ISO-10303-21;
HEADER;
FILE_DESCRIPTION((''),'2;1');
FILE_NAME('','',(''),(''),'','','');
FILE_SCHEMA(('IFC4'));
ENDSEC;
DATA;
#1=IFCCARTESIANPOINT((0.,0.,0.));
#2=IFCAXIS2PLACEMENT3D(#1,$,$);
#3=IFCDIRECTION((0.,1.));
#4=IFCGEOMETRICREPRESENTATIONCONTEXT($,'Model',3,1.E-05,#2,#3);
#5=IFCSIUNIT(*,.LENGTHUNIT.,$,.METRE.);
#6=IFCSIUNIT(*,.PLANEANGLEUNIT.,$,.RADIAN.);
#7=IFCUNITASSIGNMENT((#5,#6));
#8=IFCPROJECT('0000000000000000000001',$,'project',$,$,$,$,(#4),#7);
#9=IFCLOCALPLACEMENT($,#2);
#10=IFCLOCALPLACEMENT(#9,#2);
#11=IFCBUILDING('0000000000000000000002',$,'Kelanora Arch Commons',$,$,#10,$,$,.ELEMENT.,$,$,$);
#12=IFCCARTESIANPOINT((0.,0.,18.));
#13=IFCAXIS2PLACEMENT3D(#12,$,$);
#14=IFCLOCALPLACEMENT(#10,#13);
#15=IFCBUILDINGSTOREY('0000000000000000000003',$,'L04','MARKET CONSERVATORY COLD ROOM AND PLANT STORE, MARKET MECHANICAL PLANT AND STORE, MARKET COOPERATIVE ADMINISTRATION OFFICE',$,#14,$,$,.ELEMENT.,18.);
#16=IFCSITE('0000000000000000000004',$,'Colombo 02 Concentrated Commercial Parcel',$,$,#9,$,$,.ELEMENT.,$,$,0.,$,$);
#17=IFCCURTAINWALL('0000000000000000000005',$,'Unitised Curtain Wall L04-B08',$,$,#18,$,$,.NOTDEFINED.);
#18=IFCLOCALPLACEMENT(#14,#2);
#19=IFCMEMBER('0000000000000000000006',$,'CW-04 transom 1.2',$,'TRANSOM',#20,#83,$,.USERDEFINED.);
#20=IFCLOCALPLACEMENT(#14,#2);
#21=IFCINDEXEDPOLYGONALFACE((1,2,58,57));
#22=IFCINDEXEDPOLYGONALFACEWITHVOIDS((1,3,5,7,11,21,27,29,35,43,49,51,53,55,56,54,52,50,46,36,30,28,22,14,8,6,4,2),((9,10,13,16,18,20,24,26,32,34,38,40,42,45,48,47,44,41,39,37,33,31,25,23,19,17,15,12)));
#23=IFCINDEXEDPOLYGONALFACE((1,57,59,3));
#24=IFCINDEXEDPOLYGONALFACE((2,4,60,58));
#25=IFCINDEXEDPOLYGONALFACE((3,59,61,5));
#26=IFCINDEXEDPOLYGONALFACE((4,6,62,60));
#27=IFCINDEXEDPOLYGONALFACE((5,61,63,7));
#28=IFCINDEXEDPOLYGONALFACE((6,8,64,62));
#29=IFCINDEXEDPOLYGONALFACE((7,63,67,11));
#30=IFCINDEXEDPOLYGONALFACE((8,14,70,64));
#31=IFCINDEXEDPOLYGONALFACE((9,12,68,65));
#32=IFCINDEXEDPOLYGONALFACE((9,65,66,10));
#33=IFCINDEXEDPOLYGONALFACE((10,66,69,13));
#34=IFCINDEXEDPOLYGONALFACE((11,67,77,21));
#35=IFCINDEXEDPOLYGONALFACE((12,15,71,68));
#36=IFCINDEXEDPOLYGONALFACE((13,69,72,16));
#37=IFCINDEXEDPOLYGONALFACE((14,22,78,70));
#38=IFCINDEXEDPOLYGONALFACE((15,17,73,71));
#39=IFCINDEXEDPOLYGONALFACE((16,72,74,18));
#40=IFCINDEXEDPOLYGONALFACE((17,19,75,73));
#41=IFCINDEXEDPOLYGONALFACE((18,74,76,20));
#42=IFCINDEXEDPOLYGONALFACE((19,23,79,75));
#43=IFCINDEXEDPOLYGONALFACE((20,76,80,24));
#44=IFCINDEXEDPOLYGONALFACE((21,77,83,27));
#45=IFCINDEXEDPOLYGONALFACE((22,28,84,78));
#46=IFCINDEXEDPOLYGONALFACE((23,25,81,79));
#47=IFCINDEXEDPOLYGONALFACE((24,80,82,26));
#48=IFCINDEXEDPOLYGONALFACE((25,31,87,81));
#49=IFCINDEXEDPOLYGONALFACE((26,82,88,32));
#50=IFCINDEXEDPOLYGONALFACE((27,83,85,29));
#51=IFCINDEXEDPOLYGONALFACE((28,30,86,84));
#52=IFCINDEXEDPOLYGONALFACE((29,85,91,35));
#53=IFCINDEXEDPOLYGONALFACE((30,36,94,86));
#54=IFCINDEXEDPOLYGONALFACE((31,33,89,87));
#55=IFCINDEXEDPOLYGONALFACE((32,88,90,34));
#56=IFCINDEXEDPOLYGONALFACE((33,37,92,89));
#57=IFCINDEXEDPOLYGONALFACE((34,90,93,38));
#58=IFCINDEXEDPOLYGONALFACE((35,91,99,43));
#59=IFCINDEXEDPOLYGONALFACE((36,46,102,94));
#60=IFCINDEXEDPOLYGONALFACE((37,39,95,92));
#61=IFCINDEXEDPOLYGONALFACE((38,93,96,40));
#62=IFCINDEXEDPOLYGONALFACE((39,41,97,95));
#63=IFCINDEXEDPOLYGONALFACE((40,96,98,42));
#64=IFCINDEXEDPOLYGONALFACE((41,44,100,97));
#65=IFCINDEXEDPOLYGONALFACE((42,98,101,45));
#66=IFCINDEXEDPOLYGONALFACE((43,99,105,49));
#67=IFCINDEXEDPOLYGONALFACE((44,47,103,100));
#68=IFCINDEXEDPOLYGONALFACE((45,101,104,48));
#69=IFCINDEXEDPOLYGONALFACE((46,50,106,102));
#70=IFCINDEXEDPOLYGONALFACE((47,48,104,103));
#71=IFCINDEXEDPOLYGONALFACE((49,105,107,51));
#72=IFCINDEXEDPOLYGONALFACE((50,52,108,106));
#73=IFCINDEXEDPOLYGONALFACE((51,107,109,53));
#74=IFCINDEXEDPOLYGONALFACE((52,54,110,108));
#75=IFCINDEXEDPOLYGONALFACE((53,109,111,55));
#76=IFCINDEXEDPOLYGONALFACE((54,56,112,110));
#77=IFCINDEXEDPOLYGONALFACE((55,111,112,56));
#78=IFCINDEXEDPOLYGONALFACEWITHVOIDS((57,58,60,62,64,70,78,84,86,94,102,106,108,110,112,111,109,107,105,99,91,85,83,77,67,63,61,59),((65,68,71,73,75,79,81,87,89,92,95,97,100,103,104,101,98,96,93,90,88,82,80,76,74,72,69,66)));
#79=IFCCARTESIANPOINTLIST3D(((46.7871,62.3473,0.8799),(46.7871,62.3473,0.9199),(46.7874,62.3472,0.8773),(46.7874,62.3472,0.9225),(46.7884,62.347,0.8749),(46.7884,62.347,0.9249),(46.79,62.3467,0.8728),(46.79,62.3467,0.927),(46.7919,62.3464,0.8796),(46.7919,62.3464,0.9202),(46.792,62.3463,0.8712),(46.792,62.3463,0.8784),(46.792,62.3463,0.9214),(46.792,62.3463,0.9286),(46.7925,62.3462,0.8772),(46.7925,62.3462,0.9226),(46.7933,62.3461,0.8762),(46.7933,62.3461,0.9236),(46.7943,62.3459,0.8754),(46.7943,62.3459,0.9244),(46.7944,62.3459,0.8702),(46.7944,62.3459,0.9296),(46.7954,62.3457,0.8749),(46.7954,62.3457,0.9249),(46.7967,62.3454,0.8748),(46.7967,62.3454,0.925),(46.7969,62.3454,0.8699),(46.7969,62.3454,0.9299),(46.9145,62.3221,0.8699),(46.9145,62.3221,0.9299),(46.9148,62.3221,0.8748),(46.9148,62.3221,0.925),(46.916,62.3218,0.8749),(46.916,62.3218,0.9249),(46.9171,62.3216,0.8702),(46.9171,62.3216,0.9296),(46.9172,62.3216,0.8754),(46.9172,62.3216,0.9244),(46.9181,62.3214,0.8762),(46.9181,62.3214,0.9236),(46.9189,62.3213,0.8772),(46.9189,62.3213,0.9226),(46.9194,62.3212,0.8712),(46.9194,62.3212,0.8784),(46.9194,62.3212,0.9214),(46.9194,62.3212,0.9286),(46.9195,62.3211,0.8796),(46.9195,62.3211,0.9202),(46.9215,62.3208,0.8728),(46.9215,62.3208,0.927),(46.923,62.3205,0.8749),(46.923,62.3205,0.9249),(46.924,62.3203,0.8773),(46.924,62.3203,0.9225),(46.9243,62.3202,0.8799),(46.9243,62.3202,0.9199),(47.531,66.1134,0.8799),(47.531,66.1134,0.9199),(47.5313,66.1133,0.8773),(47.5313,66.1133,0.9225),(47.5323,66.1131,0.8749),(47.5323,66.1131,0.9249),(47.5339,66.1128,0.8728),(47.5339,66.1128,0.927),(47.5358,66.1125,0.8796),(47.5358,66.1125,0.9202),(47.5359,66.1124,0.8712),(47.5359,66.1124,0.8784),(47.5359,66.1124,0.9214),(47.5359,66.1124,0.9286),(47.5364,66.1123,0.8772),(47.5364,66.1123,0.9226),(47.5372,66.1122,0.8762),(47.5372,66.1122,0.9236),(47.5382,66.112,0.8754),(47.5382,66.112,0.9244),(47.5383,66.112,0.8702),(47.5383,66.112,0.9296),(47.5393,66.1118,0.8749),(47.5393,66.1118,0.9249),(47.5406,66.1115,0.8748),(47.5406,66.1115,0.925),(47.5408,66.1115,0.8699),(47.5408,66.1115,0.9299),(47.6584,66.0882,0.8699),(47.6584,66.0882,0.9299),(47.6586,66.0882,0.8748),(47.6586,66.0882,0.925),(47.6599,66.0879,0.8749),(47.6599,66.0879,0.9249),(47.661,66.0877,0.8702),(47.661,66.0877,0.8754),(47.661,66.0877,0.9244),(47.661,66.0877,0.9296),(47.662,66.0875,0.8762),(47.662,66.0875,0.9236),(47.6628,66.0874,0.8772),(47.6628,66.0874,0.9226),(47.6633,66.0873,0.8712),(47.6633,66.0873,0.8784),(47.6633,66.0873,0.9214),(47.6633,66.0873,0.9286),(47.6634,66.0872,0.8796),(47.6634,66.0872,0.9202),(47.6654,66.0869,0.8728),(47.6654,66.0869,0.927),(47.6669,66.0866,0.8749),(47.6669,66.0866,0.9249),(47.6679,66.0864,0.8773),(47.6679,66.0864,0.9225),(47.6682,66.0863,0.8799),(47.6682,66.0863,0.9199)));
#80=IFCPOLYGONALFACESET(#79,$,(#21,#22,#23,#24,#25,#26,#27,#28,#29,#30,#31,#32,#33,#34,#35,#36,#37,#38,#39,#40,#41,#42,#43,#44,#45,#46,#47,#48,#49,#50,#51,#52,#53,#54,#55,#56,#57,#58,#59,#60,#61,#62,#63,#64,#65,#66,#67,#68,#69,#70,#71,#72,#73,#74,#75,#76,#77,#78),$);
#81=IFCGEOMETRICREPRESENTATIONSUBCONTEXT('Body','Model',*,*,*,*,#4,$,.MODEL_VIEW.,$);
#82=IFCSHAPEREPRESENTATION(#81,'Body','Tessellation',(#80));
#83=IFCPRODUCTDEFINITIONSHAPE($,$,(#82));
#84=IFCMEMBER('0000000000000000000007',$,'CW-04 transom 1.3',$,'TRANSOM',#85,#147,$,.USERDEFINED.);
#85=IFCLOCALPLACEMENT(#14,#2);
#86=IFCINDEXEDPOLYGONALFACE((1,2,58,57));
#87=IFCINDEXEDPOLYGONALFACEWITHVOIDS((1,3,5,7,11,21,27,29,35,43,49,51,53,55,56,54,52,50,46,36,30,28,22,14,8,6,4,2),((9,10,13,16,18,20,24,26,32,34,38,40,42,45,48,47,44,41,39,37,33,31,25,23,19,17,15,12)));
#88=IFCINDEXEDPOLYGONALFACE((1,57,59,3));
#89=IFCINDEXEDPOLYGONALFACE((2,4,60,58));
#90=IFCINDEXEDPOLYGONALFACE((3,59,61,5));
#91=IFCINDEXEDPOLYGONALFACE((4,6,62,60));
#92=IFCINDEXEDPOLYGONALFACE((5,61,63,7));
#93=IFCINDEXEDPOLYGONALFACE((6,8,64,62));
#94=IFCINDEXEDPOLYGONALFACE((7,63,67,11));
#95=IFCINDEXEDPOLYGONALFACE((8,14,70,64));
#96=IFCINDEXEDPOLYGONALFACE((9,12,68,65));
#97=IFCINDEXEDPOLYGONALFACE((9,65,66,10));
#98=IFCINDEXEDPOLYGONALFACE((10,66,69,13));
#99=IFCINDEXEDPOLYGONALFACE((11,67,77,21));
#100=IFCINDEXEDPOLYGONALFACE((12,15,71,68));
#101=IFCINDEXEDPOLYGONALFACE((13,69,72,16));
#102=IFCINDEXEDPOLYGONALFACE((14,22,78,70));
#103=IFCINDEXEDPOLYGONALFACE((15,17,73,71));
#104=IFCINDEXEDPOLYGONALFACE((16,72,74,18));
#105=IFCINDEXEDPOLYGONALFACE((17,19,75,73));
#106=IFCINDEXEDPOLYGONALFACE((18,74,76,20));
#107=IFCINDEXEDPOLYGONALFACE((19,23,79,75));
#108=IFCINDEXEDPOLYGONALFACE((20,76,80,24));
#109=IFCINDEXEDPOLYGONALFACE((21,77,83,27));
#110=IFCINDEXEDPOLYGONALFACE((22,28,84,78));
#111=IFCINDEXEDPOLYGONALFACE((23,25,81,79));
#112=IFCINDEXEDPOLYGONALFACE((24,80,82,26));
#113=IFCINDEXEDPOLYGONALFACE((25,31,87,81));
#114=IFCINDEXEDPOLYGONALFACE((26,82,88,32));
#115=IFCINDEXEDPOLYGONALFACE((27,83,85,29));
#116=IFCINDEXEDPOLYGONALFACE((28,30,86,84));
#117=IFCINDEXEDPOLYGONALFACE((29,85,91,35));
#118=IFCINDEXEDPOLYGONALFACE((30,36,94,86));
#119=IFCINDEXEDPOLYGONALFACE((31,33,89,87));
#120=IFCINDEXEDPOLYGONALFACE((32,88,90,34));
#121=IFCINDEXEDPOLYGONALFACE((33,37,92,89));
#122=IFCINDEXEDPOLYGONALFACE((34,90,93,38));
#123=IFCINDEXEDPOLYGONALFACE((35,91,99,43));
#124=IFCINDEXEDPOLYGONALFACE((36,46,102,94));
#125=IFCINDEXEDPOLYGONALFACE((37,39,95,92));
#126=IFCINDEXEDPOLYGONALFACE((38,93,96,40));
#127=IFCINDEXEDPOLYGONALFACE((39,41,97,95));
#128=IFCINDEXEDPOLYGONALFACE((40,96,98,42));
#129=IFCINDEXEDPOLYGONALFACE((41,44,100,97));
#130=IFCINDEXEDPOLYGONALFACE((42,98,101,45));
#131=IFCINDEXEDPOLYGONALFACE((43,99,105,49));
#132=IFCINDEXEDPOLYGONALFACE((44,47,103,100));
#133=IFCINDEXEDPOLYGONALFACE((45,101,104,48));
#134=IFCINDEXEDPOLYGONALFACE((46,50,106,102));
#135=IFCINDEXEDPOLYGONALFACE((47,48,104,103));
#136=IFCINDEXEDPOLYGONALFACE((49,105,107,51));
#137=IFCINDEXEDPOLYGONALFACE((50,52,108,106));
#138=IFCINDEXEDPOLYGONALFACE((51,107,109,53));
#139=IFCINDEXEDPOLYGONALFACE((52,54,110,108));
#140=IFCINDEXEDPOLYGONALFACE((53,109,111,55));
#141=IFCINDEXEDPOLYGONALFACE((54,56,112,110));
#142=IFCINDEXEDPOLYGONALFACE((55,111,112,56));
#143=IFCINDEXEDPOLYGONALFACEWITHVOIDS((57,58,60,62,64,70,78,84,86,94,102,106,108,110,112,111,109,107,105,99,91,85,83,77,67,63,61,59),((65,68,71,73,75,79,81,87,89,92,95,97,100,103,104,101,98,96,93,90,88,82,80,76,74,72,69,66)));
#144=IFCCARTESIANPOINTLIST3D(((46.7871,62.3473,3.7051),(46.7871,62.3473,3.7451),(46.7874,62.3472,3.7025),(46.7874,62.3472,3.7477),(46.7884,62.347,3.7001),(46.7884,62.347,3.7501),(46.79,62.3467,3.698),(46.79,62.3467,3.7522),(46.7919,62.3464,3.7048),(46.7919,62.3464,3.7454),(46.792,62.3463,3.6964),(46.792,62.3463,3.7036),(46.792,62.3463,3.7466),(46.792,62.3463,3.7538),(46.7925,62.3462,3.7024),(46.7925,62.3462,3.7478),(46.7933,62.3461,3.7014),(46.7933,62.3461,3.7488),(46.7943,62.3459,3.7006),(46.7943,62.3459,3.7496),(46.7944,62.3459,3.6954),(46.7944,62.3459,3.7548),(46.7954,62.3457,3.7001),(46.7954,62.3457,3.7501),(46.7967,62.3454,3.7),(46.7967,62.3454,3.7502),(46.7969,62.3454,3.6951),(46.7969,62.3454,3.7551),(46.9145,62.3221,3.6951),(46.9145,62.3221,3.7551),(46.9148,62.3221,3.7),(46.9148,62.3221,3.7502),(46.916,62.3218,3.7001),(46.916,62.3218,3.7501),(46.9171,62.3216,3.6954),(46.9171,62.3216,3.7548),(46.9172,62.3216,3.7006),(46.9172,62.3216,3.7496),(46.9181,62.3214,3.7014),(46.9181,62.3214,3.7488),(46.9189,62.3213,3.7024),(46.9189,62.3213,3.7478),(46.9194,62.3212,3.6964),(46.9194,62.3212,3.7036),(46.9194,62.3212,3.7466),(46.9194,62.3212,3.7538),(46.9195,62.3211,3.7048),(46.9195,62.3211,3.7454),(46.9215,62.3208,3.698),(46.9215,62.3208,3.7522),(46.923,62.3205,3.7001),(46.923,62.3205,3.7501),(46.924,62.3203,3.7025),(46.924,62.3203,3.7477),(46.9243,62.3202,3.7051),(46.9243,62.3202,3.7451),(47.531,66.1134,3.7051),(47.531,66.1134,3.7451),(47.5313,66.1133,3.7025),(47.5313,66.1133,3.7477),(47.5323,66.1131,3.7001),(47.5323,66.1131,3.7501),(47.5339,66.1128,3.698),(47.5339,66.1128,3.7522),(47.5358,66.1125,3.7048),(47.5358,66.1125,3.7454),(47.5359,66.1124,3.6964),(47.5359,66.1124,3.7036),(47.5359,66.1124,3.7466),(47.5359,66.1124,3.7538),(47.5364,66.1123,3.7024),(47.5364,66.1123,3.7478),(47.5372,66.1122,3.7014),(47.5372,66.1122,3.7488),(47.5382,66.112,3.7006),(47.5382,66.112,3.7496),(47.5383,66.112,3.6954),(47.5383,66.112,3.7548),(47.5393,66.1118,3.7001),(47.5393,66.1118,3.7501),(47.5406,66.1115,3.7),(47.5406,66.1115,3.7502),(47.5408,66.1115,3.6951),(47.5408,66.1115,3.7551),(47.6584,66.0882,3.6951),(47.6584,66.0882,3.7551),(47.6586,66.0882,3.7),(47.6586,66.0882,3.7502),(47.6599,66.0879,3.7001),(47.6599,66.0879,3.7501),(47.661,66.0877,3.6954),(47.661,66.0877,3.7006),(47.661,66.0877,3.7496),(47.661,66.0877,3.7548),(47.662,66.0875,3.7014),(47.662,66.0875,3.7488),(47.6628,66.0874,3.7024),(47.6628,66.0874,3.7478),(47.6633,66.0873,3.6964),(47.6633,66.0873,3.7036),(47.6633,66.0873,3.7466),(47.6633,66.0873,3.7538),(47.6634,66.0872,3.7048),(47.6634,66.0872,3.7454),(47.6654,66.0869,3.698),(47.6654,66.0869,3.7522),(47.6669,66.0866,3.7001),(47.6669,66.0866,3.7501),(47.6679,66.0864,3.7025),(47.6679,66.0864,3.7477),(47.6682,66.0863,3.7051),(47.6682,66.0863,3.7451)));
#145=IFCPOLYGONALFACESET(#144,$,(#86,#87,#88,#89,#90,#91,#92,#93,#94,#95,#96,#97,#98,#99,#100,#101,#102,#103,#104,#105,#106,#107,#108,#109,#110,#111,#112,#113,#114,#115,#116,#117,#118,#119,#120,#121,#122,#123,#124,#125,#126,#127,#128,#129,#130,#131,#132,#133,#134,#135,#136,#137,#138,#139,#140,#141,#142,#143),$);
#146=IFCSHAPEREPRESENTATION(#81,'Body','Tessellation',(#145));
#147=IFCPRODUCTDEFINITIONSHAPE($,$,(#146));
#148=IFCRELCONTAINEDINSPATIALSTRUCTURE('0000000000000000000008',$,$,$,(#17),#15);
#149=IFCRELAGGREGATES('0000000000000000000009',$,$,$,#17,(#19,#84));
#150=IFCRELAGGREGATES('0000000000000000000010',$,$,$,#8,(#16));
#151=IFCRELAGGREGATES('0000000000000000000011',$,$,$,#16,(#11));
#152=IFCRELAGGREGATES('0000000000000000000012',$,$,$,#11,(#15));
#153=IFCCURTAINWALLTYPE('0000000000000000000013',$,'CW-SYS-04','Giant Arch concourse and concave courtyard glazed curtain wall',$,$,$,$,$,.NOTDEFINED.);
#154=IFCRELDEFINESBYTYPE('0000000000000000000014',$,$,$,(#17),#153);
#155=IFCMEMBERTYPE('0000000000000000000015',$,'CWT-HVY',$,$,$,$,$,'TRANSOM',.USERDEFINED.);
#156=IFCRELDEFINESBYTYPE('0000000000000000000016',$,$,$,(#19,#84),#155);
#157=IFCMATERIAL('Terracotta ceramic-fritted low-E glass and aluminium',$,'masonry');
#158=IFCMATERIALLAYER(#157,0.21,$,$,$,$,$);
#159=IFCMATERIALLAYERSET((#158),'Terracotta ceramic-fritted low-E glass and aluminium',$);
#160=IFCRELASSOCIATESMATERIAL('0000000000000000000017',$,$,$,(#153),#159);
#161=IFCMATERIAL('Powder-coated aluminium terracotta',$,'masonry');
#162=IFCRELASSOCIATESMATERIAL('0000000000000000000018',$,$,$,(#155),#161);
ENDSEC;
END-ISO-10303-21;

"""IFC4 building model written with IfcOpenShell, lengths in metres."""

from ifc_helpers import new_model, si_unit, direction, frame, origin, origin_2d, place, context, subcontext, project, spatial, hollow_rectangle, extrude, material, layer, layer_set, material_profile, profile_set, type_object, element, aggregate, save


model = new_model("IFC4")

# Units and contexts
model_context = context("Model", 3, precision=1e-05, world=origin(), true_north=direction((0.0, 1.0)))
body_context = subcontext(model_context, "Body", "Model", "MODEL_VIEW")
ifc_project = project(units=[si_unit("LENGTHUNIT", "METRE"), si_unit("PLANEANGLEUNIT", "RADIAN")], contexts=[model_context])

# Site, building, storey
site_placement = place(None, origin())
site = spatial("IfcSite", under=ifc_project, at=site_placement, Name="Colombo 02 Concentrated Commercial Parcel", CompositionType="ELEMENT", RefElevation=0.0)
building_placement = place(site_placement, origin())
building = spatial("IfcBuilding", under=site, at=building_placement, Name="Kelanora Arch Commons", CompositionType="ELEMENT")
storey_placement = place(building_placement, frame((0.0, 0.0, 18.0)))
storey = spatial("IfcBuildingStorey", under=building, at=storey_placement, Name="L04", Description="MARKET CONSERVATORY COLD ROOM AND PLANT STORE, MARKET MECHANICAL PLANT AND STORE, MARKET COOPERATIVE ADMINISTRATION OFFICE", CompositionType="ELEMENT", Elevation=18.0)

# Curtain wall, members
ifc_material_1 = material(Name="Terracotta ceramic-fritted low-E glass and aluminium", Category="masonry")
ifc_layer_1 = layer(ifc_material_1, 0.21)
ifc_layer_set_1 = layer_set([ifc_layer_1], Name="Terracotta ceramic-fritted low-E glass and aluminium")
curtain_wall_type = type_object("IfcCurtainWallType", Name="CW-SYS-04", Description="Giant Arch concourse and concave courtyard glazed curtain wall", PredefinedType="NOTDEFINED", material=ifc_layer_set_1)
curtain_wall_placement = place(storey_placement, origin())
curtain_wall = element("IfcCurtainWall", 1, at=curtain_wall_placement, inside=storey, type_object=curtain_wall_type, Name="Unitised Curtain Wall L04-B08", PredefinedType="NOTDEFINED")
ifc_material_2 = material(Name="Powder-coated aluminium terracotta", Category="masonry")
ifc_material_profile_1 = material_profile(ifc_material_2, hollow_rectangle(XDim=0.1399, YDim=0.0601, WallThickness=0.0049, InnerFilletRadius=0.0049, OuterFilletRadius=0.01, at=origin_2d()), Name="CWT140x60")
ifc_profile_set_1 = profile_set([ifc_material_profile_1], Name="Powder-coated aluminium terracotta")
member_type_1 = type_object("IfcMemberType", Name="CWT-HVY", ElementType="TRANSOM", PredefinedType="USERDEFINED", material=ifc_profile_set_1)
member_1_placement = place(storey_placement, frame((47.5996, 66.0999, 0.8999), z_axis=(-0.19378, -0.981045, 0.0), x_axis=(0.981045, -0.19378, 0.0)))
member_1 = element("IfcMember", 2, at=member_1_placement, type_object=member_type_1, Name="CW-04 transom 1.2", ObjectType="TRANSOM", PredefinedType="USERDEFINED", context=body_context, shape_type="SweptSolid", body=[
    extrude(hollow_rectangle(XDim=0.1399, YDim=0.0601, WallThickness=0.0049, InnerFilletRadius=0.0049, OuterFilletRadius=0.01, at=origin_2d()), origin(), (0.0, 0.0, 1.0), 3.8389),
])
member_2_placement = place(storey_placement, frame((47.5996, 66.0999, 3.7251), z_axis=(-0.19378, -0.981045, 0.0), x_axis=(0.981045, -0.19378, 0.0)))
member_2 = element("IfcMember", 3, at=member_2_placement, type_object=member_type_1, Name="CW-04 transom 1.3", ObjectType="TRANSOM", PredefinedType="USERDEFINED", context=body_context, shape_type="SweptSolid", body=[
    extrude(hollow_rectangle(XDim=0.1399, YDim=0.0601, WallThickness=0.0049, InnerFilletRadius=0.0049, OuterFilletRadius=0.01, at=origin_2d()), origin(), (0.0, 0.0, 1.0), 3.8389),
])
aggregate(curtain_wall, [member_1, member_2])

save(model, "model.ifc")
